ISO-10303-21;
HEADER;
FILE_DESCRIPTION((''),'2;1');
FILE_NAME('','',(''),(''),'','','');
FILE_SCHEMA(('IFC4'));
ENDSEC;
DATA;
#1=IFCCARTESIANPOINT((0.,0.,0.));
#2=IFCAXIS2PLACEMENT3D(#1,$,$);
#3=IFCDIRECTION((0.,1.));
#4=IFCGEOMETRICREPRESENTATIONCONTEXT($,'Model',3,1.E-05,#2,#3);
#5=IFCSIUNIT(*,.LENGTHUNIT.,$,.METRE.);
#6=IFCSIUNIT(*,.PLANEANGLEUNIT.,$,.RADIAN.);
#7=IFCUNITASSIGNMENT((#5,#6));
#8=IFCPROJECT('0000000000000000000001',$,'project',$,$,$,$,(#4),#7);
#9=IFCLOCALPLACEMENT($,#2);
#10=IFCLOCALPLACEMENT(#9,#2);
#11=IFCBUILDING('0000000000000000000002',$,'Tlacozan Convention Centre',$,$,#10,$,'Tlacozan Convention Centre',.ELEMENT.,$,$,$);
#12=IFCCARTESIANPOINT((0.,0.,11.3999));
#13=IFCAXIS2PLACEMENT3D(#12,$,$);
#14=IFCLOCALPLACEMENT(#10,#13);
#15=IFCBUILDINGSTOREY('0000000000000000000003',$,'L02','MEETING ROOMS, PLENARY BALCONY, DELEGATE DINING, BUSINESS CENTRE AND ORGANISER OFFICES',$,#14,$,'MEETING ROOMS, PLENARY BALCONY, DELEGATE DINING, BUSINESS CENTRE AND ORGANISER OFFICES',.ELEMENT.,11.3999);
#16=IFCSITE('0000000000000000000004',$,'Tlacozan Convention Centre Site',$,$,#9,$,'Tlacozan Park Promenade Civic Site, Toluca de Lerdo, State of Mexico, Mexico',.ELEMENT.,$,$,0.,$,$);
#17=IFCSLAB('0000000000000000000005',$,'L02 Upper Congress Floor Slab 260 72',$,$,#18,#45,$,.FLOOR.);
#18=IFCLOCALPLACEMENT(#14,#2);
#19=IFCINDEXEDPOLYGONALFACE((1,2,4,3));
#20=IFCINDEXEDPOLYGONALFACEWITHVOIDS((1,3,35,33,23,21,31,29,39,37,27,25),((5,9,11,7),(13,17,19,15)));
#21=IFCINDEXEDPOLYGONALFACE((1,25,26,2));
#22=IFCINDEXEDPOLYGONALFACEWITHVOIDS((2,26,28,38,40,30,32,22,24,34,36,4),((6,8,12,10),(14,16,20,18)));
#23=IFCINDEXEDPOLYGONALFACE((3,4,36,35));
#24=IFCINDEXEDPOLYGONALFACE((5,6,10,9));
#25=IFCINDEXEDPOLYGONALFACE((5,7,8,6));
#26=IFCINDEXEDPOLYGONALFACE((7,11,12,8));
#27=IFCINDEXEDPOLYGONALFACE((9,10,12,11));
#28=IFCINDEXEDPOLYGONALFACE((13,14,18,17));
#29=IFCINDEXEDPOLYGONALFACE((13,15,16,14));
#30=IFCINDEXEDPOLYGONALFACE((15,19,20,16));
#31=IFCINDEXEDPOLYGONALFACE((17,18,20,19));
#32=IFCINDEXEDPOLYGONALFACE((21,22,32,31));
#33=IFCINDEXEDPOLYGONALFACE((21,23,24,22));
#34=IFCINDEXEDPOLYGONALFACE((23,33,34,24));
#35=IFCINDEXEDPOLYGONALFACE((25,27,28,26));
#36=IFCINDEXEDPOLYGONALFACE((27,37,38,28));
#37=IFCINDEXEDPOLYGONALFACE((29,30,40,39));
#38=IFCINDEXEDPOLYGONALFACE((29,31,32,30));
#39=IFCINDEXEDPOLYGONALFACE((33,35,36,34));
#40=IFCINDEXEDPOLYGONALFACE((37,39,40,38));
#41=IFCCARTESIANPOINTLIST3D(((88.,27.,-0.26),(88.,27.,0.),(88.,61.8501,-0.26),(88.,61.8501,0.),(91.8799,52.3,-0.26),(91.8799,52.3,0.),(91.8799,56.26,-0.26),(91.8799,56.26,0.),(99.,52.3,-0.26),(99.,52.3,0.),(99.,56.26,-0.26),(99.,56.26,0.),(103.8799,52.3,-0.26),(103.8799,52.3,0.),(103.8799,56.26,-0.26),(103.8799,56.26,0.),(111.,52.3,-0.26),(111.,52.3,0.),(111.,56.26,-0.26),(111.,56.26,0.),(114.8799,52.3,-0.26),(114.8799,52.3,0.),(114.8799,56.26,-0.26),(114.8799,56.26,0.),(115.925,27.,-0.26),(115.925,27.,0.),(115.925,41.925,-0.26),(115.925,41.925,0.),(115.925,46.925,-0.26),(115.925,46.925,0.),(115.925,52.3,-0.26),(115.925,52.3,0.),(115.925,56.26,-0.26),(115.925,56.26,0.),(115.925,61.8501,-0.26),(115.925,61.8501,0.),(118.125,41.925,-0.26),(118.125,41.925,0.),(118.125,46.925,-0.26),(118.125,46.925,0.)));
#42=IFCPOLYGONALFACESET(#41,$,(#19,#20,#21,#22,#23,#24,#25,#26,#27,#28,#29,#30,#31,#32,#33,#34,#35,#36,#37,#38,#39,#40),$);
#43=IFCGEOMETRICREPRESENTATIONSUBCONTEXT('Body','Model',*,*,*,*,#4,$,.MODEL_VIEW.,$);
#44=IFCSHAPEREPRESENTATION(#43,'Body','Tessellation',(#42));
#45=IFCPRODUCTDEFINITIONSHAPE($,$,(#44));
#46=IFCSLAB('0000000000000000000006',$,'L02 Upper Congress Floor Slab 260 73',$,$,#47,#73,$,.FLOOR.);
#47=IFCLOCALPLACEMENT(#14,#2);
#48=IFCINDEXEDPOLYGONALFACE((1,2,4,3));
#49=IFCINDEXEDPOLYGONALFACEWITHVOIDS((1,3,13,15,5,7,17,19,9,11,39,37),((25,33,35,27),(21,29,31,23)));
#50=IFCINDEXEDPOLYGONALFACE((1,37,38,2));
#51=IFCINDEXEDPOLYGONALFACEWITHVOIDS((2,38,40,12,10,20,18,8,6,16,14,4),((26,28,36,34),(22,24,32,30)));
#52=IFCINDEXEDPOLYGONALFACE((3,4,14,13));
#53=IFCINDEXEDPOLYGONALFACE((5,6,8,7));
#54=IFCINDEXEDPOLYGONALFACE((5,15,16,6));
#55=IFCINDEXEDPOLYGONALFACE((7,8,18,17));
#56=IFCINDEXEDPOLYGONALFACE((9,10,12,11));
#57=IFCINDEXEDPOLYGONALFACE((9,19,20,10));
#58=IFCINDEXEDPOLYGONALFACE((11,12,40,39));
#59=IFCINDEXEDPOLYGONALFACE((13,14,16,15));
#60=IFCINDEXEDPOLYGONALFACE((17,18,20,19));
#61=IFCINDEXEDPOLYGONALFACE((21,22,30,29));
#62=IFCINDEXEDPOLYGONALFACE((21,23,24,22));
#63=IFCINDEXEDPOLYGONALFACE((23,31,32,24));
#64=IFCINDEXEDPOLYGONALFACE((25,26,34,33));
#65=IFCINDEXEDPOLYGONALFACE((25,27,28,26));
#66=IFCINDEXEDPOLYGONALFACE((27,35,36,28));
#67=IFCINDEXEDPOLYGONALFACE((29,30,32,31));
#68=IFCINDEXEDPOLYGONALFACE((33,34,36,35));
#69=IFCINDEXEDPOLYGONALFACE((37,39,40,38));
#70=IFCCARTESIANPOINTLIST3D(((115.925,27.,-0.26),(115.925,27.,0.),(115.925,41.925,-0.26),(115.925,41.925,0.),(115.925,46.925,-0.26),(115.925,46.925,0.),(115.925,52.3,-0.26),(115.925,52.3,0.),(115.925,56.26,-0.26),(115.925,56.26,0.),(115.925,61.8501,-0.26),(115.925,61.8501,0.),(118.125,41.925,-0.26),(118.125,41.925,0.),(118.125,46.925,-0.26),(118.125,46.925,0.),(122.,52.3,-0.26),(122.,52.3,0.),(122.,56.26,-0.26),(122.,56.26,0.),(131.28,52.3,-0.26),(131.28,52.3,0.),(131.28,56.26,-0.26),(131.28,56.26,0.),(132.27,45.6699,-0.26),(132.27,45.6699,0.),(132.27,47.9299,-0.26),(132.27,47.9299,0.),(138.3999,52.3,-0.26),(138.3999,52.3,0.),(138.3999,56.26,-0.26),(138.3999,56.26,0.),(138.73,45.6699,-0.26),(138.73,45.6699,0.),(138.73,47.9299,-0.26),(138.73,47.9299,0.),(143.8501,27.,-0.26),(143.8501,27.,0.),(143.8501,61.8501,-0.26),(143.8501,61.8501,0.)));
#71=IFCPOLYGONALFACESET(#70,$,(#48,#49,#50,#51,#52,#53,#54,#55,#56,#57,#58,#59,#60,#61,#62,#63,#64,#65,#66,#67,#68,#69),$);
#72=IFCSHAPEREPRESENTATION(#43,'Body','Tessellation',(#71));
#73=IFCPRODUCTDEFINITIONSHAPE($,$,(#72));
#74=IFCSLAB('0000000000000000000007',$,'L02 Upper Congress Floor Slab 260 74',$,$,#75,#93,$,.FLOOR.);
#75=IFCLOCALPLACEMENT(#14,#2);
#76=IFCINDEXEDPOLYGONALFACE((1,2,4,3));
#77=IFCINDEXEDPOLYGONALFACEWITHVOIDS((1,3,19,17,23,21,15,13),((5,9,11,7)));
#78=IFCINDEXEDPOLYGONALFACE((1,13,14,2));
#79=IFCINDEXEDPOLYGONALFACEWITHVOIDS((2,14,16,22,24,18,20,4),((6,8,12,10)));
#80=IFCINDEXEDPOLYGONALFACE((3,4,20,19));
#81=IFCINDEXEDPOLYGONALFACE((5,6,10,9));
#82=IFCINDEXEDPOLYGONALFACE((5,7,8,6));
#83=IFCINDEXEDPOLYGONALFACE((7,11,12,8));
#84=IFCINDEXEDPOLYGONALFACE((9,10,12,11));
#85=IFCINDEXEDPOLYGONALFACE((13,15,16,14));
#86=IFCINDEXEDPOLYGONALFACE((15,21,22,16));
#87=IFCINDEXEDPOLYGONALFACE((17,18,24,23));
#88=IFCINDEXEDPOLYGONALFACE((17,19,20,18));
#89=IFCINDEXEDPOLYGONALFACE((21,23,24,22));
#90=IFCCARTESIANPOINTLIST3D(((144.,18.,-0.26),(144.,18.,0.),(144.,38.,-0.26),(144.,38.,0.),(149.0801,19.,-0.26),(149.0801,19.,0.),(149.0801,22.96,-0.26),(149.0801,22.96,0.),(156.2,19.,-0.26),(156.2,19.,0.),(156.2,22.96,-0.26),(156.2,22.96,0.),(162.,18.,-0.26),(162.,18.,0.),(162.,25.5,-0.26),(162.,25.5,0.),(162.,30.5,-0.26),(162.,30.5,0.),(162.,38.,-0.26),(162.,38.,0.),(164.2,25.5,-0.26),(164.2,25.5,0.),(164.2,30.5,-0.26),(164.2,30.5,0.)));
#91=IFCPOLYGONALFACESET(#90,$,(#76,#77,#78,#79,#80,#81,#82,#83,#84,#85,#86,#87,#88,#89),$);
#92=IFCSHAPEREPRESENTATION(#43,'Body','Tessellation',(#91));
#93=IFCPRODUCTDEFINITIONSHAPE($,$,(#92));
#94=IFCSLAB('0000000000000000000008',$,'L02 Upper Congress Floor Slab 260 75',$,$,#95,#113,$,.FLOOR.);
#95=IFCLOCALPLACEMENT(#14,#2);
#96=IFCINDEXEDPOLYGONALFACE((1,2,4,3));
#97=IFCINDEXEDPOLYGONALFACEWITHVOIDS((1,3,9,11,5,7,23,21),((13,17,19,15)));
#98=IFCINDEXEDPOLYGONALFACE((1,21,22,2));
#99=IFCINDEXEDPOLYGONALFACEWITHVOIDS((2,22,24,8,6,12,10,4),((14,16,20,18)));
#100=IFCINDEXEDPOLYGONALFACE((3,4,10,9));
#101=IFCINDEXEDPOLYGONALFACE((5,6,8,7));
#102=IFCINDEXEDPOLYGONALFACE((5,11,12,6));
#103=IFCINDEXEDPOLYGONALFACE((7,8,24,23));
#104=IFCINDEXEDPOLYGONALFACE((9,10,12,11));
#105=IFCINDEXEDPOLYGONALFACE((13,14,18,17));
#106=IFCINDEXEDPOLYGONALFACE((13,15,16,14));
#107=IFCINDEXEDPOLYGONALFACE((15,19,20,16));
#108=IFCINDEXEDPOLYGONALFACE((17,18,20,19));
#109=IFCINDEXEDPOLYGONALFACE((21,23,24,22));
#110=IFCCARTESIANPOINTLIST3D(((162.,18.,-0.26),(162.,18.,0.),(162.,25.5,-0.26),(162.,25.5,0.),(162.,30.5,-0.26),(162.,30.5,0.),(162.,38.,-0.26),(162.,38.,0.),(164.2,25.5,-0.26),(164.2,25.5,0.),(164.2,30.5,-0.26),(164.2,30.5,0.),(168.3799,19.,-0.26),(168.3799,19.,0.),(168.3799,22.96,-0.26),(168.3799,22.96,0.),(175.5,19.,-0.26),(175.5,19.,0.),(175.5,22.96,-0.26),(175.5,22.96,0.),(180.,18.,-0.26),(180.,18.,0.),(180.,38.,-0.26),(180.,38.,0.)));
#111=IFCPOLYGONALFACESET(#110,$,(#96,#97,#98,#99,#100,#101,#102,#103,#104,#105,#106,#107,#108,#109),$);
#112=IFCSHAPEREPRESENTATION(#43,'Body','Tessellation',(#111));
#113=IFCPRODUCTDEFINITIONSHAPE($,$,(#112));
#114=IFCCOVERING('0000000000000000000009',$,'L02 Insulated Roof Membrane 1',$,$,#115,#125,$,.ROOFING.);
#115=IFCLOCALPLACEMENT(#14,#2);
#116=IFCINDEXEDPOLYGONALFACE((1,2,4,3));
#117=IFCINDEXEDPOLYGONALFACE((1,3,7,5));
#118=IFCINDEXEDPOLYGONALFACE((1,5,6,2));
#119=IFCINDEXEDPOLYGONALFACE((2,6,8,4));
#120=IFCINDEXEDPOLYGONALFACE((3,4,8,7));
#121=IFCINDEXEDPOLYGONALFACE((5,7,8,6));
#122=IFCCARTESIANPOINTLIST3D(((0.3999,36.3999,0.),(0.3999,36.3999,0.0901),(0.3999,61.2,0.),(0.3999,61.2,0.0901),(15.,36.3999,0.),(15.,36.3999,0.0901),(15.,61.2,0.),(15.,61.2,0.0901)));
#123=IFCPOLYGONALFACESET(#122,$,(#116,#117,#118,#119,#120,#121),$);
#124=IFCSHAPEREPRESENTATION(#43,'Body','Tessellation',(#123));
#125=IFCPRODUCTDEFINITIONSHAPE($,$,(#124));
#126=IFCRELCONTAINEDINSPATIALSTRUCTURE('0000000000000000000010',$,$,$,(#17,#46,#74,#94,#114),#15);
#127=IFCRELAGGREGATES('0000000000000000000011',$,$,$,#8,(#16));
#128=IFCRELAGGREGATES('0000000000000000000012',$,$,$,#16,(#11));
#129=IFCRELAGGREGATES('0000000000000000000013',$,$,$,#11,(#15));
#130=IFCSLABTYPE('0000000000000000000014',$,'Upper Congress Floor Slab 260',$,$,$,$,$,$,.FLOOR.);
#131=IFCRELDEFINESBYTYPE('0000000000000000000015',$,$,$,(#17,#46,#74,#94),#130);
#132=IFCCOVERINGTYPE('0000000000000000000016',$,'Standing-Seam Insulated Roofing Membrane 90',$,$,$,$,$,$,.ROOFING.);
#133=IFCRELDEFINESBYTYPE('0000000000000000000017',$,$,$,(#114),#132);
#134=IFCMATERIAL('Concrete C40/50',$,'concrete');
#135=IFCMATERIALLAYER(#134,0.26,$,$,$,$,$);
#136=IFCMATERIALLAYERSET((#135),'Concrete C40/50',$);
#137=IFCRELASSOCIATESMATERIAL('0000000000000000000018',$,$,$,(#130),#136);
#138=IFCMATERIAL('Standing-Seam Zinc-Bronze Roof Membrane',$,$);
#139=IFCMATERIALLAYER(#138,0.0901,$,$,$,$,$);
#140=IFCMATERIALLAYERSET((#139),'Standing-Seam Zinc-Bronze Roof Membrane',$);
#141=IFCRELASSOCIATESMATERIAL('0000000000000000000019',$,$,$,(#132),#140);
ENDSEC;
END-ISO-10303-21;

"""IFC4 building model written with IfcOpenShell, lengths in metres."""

from ifc_helpers import new_model, si_unit, direction, frame, origin, place, context, subcontext, project, spatial, polyline, outline, extrude, material, layer, layer_set, type_object, element, save


model = new_model("IFC4")

# Units and contexts
model_context = context("Model", 3, precision=1e-05, world=origin(), true_north=direction((0.0, 1.0)))
body_context = subcontext(model_context, "Body", "Model", "MODEL_VIEW")
ifc_project = project(units=[si_unit("LENGTHUNIT", "METRE"), si_unit("PLANEANGLEUNIT", "RADIAN")], contexts=[model_context])

# Site, building, storey
site_placement = place(None, origin())
site = spatial("IfcSite", under=ifc_project, at=site_placement, Name="Tlacozan Convention Centre Site", LongName="Tlacozan Park Promenade Civic Site, Toluca de Lerdo, State of Mexico, Mexico", CompositionType="ELEMENT", RefElevation=0.0)
building_placement = place(site_placement, origin())
building = spatial("IfcBuilding", under=site, at=building_placement, Name="Tlacozan Convention Centre", LongName="Tlacozan Convention Centre", CompositionType="ELEMENT")
storey_placement = place(building_placement, frame((0.0, 0.0, 11.3999)))
storey = spatial("IfcBuildingStorey", under=building, at=storey_placement, Name="L02", Description="MEETING ROOMS, PLENARY BALCONY, DELEGATE DINING, BUSINESS CENTRE AND ORGANISER OFFICES", LongName="MEETING ROOMS, PLENARY BALCONY, DELEGATE DINING, BUSINESS CENTRE AND ORGANISER OFFICES", CompositionType="ELEMENT", Elevation=11.3999)

# Shared definitions
ifc_material_1 = material(Name="Concrete C40/50", Category="concrete")

# Slabs
ifc_layer_1 = layer(ifc_material_1, 0.26)
ifc_layer_set_1 = layer_set([ifc_layer_1], Name="Concrete C40/50")
slab_type_1 = type_object("IfcSlabType", Name="Upper Congress Floor Slab 260", PredefinedType="FLOOR", material=ifc_layer_set_1)
slab_1_placement = place(storey_placement, frame((0.0, 0.0, -0.26)))
element("IfcSlab", 1, at=slab_1_placement, inside=storey, type_object=slab_type_1, Name="L02 Upper Congress Floor Slab 260 72", PredefinedType="FLOOR", context=body_context, shape_type="SweptSolid", body=[
    extrude(outline(polyline([(88.0, 27.0), (88.0, 61.8501), (115.925, 61.8501), (115.925, 56.26), (114.8799, 56.26), (114.8799, 52.3), (115.925, 52.3), (115.925, 46.925), (118.125, 46.925), (118.125, 41.925), (115.925, 41.925), (115.925, 27.0), (88.0, 27.0)]), holes=[polyline([(99.0, 52.3), (99.0, 56.26), (91.8799, 56.26), (91.8799, 52.3), (99.0, 52.3)]), polyline([(111.0, 52.3), (111.0, 56.26), (103.8799, 56.26), (103.8799, 52.3), (111.0, 52.3)])]), origin(), (0.0, 0.0, 1.0), 0.26),
])
slab_2_placement = place(storey_placement, frame((0.0, 0.0, -0.26)))
element("IfcSlab", 2, at=slab_2_placement, inside=storey, type_object=slab_type_1, Name="L02 Upper Congress Floor Slab 260 73", PredefinedType="FLOOR", context=body_context, shape_type="SweptSolid", body=[
    extrude(outline(polyline([(143.8501, 61.8501), (143.8501, 27.0), (115.925, 27.0), (115.925, 41.925), (118.125, 41.925), (118.125, 46.925), (115.925, 46.925), (115.925, 52.3), (122.0, 52.3), (122.0, 56.26), (115.925, 56.26), (115.925, 61.8501), (143.8501, 61.8501)]), holes=[polyline([(138.73, 47.9299), (132.27, 47.9299), (132.27, 45.6699), (138.73, 45.6699), (138.73, 47.9299)]), polyline([(131.28, 52.3), (138.3999, 52.3), (138.3999, 56.26), (131.28, 56.26), (131.28, 52.3)])]), origin(), (0.0, 0.0, 1.0), 0.26),
])
slab_3_placement = place(storey_placement, frame((0.0, 0.0, -0.26)))
element("IfcSlab", 3, at=slab_3_placement, inside=storey, type_object=slab_type_1, Name="L02 Upper Congress Floor Slab 260 74", PredefinedType="FLOOR", context=body_context, shape_type="SweptSolid", body=[
    extrude(outline(polyline([(144.0, 18.0), (144.0, 38.0), (162.0, 38.0), (162.0, 30.5), (164.2, 30.5), (164.2, 25.5), (162.0, 25.5), (162.0, 18.0), (144.0, 18.0)]), holes=[polyline([(156.2, 19.0), (156.2, 22.96), (149.0801, 22.96), (149.0801, 19.0), (156.2, 19.0)])]), origin(), (0.0, 0.0, 1.0), 0.26),
])
slab_4_placement = place(storey_placement, frame((0.0, 0.0, -0.26)))
element("IfcSlab", 4, at=slab_4_placement, inside=storey, type_object=slab_type_1, Name="L02 Upper Congress Floor Slab 260 75", PredefinedType="FLOOR", context=body_context, shape_type="SweptSolid", body=[
    extrude(outline(polyline([(180.0, 38.0), (180.0, 18.0), (162.0, 18.0), (162.0, 25.5), (164.2, 25.5), (164.2, 30.5), (162.0, 30.5), (162.0, 38.0), (180.0, 38.0)]), holes=[polyline([(175.5, 19.0), (175.5, 22.96), (168.3799, 22.96), (168.3799, 19.0), (175.5, 19.0)])]), origin(), (0.0, 0.0, 1.0), 0.26),
])

# Covering
ifc_material_2 = material(Name="Standing-Seam Zinc-Bronze Roof Membrane")
ifc_layer_2 = layer(ifc_material_2, 0.0901)
ifc_layer_set_2 = layer_set([ifc_layer_2], Name="Standing-Seam Zinc-Bronze Roof Membrane")
covering_type_1 = type_object("IfcCoveringType", Name="Standing-Seam Insulated Roofing Membrane 90", PredefinedType="ROOFING", material=ifc_layer_set_2)
covering_1_placement = place(storey_placement, origin())
element("IfcCovering", 5, at=covering_1_placement, inside=storey, type_object=covering_type_1, Name="L02 Insulated Roof Membrane 1", PredefinedType="ROOFING", context=body_context, shape_type="SweptSolid", body=[
    extrude(outline(polyline([(0.3999, 36.3999), (15.0, 36.3999), (15.0, 61.2), (0.3999, 61.2), (0.3999, 36.3999)])), origin(), (0.0, 0.0, 1.0), 0.0901),
])

save(model, "model.ifc")
